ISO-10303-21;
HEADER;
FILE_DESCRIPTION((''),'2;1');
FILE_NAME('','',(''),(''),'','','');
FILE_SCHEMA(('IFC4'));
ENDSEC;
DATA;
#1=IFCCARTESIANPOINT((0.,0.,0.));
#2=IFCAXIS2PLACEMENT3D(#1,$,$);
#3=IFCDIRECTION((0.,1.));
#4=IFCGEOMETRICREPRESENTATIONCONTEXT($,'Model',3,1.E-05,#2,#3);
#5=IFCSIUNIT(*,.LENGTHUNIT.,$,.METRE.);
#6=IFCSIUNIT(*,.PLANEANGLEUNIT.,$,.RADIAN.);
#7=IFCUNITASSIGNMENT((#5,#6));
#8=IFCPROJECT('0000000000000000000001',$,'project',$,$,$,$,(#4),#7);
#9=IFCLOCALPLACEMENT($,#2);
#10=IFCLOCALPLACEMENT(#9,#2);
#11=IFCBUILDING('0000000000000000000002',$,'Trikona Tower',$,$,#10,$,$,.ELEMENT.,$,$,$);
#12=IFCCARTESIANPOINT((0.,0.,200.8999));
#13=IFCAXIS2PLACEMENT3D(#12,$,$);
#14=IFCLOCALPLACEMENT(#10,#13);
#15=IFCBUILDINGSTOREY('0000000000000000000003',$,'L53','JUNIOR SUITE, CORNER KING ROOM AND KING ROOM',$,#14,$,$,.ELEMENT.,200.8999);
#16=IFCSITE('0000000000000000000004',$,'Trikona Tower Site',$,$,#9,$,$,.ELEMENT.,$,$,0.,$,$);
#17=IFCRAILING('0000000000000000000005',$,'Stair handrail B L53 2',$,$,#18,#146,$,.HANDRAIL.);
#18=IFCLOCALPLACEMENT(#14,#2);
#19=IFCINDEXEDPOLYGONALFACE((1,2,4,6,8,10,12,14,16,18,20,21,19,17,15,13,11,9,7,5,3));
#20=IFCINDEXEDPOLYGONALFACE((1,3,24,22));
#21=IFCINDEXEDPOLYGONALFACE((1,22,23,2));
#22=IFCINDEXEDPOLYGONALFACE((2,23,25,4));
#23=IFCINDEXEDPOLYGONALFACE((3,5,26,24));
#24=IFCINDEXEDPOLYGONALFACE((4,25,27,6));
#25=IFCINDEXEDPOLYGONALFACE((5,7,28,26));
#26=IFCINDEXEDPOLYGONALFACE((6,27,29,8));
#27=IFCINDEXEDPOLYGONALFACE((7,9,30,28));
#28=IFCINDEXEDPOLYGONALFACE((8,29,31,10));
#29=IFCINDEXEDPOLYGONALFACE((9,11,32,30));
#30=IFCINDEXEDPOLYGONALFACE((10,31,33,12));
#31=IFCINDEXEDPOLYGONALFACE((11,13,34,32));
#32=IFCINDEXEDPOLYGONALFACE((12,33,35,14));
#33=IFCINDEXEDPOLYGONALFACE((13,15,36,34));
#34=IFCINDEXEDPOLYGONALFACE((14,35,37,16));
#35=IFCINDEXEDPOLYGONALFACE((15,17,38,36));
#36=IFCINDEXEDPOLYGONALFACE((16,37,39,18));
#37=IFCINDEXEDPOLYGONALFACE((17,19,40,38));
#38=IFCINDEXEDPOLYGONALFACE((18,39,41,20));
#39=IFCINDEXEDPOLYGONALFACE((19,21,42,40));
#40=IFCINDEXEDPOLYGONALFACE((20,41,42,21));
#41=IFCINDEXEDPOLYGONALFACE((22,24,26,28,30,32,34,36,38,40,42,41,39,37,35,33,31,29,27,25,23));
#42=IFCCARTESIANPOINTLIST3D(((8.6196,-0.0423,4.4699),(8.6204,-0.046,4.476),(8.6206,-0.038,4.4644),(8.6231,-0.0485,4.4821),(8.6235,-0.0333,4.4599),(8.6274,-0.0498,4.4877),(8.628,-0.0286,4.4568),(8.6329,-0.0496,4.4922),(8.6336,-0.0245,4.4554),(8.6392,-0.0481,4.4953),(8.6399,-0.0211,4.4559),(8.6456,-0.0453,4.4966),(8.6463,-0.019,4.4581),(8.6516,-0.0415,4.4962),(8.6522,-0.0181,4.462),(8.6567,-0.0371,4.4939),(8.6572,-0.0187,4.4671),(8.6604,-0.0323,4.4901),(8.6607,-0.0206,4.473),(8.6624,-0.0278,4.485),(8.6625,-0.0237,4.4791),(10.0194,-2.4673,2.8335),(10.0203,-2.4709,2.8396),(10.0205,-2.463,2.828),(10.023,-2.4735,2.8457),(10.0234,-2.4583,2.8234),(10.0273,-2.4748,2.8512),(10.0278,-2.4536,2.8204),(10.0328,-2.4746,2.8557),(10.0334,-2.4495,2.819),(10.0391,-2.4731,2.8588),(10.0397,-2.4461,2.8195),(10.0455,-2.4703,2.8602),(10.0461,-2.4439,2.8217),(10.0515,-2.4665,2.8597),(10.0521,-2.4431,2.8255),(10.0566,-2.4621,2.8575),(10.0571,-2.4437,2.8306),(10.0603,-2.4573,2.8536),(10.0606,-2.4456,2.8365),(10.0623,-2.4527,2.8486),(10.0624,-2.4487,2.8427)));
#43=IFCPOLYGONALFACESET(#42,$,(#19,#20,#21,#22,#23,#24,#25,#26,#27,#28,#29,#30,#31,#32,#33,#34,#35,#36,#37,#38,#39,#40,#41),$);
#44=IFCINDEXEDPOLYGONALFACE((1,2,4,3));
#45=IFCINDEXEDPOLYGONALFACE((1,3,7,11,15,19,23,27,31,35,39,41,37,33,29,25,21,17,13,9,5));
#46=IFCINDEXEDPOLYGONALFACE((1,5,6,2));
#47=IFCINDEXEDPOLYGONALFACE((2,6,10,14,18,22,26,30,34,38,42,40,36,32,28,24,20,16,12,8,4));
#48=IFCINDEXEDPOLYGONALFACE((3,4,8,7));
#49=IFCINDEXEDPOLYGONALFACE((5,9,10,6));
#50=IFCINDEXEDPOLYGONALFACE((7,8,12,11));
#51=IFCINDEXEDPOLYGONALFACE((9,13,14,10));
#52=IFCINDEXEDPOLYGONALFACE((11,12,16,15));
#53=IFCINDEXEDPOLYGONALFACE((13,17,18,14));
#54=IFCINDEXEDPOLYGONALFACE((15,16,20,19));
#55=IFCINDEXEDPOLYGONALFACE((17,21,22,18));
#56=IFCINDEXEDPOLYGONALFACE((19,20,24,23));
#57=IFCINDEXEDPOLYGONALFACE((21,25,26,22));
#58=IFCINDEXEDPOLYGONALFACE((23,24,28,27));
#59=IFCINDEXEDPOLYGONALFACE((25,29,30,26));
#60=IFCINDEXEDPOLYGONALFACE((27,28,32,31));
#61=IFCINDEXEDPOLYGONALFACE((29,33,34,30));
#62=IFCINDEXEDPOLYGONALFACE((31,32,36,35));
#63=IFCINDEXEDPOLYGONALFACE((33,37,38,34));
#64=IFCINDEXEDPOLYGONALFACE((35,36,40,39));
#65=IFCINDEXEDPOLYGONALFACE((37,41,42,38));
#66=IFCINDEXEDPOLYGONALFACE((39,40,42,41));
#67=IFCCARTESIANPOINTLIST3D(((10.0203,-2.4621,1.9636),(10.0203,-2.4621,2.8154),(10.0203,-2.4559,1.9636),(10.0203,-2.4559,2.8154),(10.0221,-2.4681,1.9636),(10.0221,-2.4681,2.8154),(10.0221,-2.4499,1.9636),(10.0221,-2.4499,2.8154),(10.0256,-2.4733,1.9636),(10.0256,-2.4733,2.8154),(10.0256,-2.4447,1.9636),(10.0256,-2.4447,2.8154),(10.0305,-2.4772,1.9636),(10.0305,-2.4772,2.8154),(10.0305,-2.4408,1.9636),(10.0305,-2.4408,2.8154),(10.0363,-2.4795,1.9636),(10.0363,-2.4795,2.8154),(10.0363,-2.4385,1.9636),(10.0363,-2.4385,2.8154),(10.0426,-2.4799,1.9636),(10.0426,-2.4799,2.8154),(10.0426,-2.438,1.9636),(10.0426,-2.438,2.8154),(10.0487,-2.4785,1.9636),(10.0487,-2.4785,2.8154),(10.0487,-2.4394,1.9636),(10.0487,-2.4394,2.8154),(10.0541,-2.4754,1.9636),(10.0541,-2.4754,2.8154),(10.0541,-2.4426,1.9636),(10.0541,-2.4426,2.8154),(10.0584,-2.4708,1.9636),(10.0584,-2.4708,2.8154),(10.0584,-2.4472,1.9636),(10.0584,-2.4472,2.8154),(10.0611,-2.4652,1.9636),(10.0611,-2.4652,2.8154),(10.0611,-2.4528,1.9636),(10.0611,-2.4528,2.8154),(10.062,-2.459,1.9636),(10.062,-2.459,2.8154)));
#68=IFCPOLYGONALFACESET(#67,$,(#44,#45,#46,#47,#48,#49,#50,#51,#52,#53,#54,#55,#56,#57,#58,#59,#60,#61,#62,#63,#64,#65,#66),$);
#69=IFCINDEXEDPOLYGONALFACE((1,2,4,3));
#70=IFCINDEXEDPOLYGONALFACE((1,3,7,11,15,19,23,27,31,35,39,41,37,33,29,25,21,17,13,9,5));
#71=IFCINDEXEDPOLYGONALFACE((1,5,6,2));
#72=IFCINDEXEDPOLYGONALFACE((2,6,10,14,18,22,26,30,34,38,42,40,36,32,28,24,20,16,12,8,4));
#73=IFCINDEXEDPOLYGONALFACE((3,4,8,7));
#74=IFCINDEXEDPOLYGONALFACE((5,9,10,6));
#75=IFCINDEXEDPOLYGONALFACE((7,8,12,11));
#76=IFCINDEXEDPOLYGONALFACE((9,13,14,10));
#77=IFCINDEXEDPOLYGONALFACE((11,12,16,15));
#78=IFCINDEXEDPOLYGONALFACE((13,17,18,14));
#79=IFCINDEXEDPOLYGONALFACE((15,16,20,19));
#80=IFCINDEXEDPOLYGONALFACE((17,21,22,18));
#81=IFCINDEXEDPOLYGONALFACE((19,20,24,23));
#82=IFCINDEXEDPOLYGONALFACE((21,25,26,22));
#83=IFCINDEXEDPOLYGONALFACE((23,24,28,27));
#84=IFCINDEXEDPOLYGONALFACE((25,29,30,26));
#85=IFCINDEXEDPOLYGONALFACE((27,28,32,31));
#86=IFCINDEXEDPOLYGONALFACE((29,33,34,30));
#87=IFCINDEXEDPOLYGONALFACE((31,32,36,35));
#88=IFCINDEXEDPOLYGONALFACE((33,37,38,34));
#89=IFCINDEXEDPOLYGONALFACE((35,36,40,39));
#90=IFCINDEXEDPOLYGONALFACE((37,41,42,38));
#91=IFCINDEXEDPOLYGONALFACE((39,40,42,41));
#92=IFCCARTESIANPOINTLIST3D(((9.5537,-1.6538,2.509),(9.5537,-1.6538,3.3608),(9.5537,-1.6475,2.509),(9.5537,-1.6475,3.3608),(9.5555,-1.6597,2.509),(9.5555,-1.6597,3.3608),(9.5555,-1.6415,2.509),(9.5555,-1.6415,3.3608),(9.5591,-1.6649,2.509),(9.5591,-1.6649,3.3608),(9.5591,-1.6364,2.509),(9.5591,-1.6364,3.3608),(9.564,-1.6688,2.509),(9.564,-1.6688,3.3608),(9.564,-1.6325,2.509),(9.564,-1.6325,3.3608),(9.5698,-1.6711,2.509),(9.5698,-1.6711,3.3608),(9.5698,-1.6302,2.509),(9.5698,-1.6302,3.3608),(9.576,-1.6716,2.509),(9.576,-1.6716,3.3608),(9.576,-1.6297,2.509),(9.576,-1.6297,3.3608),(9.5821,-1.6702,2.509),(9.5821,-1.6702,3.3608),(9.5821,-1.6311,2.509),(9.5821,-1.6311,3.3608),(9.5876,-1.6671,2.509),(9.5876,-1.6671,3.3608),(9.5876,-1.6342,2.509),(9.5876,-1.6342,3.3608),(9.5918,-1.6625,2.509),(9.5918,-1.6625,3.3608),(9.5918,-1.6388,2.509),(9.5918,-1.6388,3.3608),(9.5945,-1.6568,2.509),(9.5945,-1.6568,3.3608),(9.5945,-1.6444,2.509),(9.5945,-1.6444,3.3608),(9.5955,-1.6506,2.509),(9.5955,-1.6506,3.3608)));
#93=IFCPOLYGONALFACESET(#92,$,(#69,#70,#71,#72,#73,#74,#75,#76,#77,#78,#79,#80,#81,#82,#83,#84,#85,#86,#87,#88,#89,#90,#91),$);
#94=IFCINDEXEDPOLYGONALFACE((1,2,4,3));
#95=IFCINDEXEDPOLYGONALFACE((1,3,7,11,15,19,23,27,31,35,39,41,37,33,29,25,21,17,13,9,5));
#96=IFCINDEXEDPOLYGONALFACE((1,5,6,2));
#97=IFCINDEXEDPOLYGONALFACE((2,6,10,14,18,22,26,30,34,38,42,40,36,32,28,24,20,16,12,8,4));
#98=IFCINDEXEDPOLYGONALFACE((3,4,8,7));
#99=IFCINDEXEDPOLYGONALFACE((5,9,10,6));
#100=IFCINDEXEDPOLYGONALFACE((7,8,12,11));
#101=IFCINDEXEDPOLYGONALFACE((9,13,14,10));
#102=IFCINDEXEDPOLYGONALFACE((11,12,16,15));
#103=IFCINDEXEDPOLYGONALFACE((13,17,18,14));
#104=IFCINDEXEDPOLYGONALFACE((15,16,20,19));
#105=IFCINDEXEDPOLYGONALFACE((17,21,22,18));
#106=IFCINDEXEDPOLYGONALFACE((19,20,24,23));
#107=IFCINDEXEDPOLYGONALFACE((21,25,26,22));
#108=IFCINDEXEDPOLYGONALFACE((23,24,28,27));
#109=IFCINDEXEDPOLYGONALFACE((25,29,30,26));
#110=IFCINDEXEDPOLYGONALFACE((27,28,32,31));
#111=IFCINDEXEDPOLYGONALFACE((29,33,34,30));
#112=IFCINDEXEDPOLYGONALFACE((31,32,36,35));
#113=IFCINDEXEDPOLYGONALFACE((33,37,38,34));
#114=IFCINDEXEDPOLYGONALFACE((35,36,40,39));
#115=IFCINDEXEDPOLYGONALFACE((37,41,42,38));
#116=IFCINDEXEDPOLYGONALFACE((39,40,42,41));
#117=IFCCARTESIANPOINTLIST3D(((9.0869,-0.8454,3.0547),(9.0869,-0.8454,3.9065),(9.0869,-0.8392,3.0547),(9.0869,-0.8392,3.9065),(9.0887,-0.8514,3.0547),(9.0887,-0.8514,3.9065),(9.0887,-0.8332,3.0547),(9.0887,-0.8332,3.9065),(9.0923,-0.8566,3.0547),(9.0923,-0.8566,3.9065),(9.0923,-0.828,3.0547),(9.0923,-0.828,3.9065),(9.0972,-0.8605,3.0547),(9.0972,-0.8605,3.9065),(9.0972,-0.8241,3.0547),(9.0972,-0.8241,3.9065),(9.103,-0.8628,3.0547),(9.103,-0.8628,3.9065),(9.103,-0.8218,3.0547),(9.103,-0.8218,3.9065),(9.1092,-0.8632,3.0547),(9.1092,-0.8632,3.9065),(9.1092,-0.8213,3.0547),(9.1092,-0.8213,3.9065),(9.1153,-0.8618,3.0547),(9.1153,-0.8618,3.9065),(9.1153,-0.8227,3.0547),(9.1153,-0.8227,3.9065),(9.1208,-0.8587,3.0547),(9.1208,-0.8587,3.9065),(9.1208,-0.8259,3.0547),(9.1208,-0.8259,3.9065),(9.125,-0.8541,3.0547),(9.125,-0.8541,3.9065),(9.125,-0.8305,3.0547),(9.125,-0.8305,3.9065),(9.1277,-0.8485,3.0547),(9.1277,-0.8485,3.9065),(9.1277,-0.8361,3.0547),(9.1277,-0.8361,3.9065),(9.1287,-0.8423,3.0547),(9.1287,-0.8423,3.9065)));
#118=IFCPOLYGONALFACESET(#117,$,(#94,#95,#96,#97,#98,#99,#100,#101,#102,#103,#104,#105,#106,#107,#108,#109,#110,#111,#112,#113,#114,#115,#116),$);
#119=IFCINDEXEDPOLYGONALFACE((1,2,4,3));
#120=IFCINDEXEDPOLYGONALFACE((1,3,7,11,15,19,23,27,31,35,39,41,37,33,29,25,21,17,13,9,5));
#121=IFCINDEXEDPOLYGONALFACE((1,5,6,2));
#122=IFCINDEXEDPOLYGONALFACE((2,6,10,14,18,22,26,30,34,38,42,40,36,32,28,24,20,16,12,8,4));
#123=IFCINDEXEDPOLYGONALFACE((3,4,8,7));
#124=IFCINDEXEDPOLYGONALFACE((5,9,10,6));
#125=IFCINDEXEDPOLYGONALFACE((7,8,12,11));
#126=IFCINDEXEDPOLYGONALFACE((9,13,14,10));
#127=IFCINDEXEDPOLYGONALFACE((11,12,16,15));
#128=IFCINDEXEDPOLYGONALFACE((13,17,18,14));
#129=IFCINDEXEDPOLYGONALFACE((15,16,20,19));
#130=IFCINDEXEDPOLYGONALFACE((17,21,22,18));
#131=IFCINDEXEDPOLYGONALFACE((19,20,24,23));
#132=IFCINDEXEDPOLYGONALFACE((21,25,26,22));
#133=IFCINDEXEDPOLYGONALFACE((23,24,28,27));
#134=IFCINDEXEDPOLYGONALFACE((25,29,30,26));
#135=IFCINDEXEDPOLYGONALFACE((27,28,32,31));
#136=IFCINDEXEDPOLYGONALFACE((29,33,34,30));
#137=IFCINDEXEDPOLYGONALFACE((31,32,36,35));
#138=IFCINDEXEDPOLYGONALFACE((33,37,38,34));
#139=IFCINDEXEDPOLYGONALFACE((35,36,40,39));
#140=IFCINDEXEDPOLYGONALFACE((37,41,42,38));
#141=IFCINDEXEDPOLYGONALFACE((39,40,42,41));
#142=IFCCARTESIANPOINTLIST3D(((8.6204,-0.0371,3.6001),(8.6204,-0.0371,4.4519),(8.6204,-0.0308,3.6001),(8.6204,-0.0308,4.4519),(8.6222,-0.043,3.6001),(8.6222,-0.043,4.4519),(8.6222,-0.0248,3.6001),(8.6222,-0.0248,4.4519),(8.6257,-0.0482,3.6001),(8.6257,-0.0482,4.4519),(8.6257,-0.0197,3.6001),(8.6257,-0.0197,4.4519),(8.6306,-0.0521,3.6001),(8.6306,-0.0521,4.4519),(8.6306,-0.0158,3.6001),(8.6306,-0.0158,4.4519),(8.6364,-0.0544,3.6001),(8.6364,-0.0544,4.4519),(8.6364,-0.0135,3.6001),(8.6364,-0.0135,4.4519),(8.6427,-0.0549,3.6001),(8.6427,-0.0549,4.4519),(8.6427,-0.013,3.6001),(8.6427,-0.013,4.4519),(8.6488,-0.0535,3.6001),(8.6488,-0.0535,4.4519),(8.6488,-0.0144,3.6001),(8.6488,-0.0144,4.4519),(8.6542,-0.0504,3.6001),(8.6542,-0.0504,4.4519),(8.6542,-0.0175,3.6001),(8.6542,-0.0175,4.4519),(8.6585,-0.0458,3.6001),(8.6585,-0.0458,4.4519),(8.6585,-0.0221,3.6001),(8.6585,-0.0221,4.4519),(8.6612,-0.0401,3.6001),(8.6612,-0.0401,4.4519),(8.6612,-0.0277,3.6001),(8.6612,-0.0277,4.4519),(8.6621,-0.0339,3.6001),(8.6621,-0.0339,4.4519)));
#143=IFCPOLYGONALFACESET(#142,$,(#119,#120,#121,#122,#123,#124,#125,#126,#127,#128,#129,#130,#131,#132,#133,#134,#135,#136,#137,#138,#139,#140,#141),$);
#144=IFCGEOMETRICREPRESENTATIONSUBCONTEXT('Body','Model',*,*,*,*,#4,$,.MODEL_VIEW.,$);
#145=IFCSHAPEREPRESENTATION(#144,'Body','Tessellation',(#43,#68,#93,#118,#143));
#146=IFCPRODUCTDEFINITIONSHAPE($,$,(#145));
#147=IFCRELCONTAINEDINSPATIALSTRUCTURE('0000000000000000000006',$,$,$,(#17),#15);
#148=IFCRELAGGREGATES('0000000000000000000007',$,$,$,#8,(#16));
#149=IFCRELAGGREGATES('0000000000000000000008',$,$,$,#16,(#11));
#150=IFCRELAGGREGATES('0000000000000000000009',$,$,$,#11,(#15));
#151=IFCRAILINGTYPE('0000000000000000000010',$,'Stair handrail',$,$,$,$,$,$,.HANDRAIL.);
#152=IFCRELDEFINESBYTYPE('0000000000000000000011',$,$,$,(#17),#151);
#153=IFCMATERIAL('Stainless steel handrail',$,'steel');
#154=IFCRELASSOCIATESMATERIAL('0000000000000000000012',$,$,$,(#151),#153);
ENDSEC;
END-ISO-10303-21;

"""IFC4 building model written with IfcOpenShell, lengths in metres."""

from ifc_helpers import new_model, si_unit, direction, frame, origin, origin_2d, place, context, subcontext, project, spatial, circle, extrude, material, type_object, element, save


model = new_model("IFC4")

# Units and contexts
model_context = context("Model", 3, precision=1e-05, world=origin(), true_north=direction((0.0, 1.0)))
body_context = subcontext(model_context, "Body", "Model", "MODEL_VIEW")
ifc_project = project(units=[si_unit("LENGTHUNIT", "METRE"), si_unit("PLANEANGLEUNIT", "RADIAN")], contexts=[model_context])

# Site, building, storey
site_placement = place(None, origin())
site = spatial("IfcSite", under=ifc_project, at=site_placement, Name="Trikona Tower Site", CompositionType="ELEMENT", RefElevation=0.0)
building_placement = place(site_placement, origin())
building = spatial("IfcBuilding", under=site, at=building_placement, Name="Trikona Tower", CompositionType="ELEMENT")
storey_placement = place(building_placement, frame((0.0, 0.0, 200.8999)))
storey = spatial("IfcBuildingStorey", under=building, at=storey_placement, Name="L53", Description="JUNIOR SUITE, CORNER KING ROOM AND KING ROOM", CompositionType="ELEMENT", Elevation=200.8999)

# Railing
ifc_material_1 = material(Name="Stainless steel handrail", Category="steel")
railing_type = type_object("IfcRailingType", Name="Stair handrail", PredefinedType="HANDRAIL", material=ifc_material_1)
railing_placement = place(storey_placement, frame((10.041, -2.459, 1.9636)))
element("IfcRailing", 1, at=railing_placement, inside=storey, type_object=railing_type, Name="Stair handrail B L53 2", PredefinedType="HANDRAIL", context=body_context, shape_type="SweptSolid", body=[
    extrude(circle(Radius=0.0239, at=origin_2d()), frame((0.0, 0.0, 0.876), z_axis=(-0.431636, 0.747723, 0.504579), x_axis=(-0.866056, -0.499946, 0.0)), (0.0, 0.0, 1.0), 3.2432),
    extrude(circle(Radius=0.021, at=origin_2d()), origin(), (0.0, 0.0, 1.0), 0.8518),
    extrude(circle(Radius=0.021, at=origin_2d()), frame((-0.4666, 0.8083, 0.5454)), (0.0, 0.0, 1.0), 0.8518),
    extrude(circle(Radius=0.021, at=origin_2d()), frame((-0.9333, 1.6167, 1.0911)), (0.0, 0.0, 1.0), 0.8518),
    extrude(circle(Radius=0.021, at=origin_2d()), frame((-1.3999, 2.425, 1.6365)), (0.0, 0.0, 1.0), 0.8518),
])

save(model, "model.ifc")
